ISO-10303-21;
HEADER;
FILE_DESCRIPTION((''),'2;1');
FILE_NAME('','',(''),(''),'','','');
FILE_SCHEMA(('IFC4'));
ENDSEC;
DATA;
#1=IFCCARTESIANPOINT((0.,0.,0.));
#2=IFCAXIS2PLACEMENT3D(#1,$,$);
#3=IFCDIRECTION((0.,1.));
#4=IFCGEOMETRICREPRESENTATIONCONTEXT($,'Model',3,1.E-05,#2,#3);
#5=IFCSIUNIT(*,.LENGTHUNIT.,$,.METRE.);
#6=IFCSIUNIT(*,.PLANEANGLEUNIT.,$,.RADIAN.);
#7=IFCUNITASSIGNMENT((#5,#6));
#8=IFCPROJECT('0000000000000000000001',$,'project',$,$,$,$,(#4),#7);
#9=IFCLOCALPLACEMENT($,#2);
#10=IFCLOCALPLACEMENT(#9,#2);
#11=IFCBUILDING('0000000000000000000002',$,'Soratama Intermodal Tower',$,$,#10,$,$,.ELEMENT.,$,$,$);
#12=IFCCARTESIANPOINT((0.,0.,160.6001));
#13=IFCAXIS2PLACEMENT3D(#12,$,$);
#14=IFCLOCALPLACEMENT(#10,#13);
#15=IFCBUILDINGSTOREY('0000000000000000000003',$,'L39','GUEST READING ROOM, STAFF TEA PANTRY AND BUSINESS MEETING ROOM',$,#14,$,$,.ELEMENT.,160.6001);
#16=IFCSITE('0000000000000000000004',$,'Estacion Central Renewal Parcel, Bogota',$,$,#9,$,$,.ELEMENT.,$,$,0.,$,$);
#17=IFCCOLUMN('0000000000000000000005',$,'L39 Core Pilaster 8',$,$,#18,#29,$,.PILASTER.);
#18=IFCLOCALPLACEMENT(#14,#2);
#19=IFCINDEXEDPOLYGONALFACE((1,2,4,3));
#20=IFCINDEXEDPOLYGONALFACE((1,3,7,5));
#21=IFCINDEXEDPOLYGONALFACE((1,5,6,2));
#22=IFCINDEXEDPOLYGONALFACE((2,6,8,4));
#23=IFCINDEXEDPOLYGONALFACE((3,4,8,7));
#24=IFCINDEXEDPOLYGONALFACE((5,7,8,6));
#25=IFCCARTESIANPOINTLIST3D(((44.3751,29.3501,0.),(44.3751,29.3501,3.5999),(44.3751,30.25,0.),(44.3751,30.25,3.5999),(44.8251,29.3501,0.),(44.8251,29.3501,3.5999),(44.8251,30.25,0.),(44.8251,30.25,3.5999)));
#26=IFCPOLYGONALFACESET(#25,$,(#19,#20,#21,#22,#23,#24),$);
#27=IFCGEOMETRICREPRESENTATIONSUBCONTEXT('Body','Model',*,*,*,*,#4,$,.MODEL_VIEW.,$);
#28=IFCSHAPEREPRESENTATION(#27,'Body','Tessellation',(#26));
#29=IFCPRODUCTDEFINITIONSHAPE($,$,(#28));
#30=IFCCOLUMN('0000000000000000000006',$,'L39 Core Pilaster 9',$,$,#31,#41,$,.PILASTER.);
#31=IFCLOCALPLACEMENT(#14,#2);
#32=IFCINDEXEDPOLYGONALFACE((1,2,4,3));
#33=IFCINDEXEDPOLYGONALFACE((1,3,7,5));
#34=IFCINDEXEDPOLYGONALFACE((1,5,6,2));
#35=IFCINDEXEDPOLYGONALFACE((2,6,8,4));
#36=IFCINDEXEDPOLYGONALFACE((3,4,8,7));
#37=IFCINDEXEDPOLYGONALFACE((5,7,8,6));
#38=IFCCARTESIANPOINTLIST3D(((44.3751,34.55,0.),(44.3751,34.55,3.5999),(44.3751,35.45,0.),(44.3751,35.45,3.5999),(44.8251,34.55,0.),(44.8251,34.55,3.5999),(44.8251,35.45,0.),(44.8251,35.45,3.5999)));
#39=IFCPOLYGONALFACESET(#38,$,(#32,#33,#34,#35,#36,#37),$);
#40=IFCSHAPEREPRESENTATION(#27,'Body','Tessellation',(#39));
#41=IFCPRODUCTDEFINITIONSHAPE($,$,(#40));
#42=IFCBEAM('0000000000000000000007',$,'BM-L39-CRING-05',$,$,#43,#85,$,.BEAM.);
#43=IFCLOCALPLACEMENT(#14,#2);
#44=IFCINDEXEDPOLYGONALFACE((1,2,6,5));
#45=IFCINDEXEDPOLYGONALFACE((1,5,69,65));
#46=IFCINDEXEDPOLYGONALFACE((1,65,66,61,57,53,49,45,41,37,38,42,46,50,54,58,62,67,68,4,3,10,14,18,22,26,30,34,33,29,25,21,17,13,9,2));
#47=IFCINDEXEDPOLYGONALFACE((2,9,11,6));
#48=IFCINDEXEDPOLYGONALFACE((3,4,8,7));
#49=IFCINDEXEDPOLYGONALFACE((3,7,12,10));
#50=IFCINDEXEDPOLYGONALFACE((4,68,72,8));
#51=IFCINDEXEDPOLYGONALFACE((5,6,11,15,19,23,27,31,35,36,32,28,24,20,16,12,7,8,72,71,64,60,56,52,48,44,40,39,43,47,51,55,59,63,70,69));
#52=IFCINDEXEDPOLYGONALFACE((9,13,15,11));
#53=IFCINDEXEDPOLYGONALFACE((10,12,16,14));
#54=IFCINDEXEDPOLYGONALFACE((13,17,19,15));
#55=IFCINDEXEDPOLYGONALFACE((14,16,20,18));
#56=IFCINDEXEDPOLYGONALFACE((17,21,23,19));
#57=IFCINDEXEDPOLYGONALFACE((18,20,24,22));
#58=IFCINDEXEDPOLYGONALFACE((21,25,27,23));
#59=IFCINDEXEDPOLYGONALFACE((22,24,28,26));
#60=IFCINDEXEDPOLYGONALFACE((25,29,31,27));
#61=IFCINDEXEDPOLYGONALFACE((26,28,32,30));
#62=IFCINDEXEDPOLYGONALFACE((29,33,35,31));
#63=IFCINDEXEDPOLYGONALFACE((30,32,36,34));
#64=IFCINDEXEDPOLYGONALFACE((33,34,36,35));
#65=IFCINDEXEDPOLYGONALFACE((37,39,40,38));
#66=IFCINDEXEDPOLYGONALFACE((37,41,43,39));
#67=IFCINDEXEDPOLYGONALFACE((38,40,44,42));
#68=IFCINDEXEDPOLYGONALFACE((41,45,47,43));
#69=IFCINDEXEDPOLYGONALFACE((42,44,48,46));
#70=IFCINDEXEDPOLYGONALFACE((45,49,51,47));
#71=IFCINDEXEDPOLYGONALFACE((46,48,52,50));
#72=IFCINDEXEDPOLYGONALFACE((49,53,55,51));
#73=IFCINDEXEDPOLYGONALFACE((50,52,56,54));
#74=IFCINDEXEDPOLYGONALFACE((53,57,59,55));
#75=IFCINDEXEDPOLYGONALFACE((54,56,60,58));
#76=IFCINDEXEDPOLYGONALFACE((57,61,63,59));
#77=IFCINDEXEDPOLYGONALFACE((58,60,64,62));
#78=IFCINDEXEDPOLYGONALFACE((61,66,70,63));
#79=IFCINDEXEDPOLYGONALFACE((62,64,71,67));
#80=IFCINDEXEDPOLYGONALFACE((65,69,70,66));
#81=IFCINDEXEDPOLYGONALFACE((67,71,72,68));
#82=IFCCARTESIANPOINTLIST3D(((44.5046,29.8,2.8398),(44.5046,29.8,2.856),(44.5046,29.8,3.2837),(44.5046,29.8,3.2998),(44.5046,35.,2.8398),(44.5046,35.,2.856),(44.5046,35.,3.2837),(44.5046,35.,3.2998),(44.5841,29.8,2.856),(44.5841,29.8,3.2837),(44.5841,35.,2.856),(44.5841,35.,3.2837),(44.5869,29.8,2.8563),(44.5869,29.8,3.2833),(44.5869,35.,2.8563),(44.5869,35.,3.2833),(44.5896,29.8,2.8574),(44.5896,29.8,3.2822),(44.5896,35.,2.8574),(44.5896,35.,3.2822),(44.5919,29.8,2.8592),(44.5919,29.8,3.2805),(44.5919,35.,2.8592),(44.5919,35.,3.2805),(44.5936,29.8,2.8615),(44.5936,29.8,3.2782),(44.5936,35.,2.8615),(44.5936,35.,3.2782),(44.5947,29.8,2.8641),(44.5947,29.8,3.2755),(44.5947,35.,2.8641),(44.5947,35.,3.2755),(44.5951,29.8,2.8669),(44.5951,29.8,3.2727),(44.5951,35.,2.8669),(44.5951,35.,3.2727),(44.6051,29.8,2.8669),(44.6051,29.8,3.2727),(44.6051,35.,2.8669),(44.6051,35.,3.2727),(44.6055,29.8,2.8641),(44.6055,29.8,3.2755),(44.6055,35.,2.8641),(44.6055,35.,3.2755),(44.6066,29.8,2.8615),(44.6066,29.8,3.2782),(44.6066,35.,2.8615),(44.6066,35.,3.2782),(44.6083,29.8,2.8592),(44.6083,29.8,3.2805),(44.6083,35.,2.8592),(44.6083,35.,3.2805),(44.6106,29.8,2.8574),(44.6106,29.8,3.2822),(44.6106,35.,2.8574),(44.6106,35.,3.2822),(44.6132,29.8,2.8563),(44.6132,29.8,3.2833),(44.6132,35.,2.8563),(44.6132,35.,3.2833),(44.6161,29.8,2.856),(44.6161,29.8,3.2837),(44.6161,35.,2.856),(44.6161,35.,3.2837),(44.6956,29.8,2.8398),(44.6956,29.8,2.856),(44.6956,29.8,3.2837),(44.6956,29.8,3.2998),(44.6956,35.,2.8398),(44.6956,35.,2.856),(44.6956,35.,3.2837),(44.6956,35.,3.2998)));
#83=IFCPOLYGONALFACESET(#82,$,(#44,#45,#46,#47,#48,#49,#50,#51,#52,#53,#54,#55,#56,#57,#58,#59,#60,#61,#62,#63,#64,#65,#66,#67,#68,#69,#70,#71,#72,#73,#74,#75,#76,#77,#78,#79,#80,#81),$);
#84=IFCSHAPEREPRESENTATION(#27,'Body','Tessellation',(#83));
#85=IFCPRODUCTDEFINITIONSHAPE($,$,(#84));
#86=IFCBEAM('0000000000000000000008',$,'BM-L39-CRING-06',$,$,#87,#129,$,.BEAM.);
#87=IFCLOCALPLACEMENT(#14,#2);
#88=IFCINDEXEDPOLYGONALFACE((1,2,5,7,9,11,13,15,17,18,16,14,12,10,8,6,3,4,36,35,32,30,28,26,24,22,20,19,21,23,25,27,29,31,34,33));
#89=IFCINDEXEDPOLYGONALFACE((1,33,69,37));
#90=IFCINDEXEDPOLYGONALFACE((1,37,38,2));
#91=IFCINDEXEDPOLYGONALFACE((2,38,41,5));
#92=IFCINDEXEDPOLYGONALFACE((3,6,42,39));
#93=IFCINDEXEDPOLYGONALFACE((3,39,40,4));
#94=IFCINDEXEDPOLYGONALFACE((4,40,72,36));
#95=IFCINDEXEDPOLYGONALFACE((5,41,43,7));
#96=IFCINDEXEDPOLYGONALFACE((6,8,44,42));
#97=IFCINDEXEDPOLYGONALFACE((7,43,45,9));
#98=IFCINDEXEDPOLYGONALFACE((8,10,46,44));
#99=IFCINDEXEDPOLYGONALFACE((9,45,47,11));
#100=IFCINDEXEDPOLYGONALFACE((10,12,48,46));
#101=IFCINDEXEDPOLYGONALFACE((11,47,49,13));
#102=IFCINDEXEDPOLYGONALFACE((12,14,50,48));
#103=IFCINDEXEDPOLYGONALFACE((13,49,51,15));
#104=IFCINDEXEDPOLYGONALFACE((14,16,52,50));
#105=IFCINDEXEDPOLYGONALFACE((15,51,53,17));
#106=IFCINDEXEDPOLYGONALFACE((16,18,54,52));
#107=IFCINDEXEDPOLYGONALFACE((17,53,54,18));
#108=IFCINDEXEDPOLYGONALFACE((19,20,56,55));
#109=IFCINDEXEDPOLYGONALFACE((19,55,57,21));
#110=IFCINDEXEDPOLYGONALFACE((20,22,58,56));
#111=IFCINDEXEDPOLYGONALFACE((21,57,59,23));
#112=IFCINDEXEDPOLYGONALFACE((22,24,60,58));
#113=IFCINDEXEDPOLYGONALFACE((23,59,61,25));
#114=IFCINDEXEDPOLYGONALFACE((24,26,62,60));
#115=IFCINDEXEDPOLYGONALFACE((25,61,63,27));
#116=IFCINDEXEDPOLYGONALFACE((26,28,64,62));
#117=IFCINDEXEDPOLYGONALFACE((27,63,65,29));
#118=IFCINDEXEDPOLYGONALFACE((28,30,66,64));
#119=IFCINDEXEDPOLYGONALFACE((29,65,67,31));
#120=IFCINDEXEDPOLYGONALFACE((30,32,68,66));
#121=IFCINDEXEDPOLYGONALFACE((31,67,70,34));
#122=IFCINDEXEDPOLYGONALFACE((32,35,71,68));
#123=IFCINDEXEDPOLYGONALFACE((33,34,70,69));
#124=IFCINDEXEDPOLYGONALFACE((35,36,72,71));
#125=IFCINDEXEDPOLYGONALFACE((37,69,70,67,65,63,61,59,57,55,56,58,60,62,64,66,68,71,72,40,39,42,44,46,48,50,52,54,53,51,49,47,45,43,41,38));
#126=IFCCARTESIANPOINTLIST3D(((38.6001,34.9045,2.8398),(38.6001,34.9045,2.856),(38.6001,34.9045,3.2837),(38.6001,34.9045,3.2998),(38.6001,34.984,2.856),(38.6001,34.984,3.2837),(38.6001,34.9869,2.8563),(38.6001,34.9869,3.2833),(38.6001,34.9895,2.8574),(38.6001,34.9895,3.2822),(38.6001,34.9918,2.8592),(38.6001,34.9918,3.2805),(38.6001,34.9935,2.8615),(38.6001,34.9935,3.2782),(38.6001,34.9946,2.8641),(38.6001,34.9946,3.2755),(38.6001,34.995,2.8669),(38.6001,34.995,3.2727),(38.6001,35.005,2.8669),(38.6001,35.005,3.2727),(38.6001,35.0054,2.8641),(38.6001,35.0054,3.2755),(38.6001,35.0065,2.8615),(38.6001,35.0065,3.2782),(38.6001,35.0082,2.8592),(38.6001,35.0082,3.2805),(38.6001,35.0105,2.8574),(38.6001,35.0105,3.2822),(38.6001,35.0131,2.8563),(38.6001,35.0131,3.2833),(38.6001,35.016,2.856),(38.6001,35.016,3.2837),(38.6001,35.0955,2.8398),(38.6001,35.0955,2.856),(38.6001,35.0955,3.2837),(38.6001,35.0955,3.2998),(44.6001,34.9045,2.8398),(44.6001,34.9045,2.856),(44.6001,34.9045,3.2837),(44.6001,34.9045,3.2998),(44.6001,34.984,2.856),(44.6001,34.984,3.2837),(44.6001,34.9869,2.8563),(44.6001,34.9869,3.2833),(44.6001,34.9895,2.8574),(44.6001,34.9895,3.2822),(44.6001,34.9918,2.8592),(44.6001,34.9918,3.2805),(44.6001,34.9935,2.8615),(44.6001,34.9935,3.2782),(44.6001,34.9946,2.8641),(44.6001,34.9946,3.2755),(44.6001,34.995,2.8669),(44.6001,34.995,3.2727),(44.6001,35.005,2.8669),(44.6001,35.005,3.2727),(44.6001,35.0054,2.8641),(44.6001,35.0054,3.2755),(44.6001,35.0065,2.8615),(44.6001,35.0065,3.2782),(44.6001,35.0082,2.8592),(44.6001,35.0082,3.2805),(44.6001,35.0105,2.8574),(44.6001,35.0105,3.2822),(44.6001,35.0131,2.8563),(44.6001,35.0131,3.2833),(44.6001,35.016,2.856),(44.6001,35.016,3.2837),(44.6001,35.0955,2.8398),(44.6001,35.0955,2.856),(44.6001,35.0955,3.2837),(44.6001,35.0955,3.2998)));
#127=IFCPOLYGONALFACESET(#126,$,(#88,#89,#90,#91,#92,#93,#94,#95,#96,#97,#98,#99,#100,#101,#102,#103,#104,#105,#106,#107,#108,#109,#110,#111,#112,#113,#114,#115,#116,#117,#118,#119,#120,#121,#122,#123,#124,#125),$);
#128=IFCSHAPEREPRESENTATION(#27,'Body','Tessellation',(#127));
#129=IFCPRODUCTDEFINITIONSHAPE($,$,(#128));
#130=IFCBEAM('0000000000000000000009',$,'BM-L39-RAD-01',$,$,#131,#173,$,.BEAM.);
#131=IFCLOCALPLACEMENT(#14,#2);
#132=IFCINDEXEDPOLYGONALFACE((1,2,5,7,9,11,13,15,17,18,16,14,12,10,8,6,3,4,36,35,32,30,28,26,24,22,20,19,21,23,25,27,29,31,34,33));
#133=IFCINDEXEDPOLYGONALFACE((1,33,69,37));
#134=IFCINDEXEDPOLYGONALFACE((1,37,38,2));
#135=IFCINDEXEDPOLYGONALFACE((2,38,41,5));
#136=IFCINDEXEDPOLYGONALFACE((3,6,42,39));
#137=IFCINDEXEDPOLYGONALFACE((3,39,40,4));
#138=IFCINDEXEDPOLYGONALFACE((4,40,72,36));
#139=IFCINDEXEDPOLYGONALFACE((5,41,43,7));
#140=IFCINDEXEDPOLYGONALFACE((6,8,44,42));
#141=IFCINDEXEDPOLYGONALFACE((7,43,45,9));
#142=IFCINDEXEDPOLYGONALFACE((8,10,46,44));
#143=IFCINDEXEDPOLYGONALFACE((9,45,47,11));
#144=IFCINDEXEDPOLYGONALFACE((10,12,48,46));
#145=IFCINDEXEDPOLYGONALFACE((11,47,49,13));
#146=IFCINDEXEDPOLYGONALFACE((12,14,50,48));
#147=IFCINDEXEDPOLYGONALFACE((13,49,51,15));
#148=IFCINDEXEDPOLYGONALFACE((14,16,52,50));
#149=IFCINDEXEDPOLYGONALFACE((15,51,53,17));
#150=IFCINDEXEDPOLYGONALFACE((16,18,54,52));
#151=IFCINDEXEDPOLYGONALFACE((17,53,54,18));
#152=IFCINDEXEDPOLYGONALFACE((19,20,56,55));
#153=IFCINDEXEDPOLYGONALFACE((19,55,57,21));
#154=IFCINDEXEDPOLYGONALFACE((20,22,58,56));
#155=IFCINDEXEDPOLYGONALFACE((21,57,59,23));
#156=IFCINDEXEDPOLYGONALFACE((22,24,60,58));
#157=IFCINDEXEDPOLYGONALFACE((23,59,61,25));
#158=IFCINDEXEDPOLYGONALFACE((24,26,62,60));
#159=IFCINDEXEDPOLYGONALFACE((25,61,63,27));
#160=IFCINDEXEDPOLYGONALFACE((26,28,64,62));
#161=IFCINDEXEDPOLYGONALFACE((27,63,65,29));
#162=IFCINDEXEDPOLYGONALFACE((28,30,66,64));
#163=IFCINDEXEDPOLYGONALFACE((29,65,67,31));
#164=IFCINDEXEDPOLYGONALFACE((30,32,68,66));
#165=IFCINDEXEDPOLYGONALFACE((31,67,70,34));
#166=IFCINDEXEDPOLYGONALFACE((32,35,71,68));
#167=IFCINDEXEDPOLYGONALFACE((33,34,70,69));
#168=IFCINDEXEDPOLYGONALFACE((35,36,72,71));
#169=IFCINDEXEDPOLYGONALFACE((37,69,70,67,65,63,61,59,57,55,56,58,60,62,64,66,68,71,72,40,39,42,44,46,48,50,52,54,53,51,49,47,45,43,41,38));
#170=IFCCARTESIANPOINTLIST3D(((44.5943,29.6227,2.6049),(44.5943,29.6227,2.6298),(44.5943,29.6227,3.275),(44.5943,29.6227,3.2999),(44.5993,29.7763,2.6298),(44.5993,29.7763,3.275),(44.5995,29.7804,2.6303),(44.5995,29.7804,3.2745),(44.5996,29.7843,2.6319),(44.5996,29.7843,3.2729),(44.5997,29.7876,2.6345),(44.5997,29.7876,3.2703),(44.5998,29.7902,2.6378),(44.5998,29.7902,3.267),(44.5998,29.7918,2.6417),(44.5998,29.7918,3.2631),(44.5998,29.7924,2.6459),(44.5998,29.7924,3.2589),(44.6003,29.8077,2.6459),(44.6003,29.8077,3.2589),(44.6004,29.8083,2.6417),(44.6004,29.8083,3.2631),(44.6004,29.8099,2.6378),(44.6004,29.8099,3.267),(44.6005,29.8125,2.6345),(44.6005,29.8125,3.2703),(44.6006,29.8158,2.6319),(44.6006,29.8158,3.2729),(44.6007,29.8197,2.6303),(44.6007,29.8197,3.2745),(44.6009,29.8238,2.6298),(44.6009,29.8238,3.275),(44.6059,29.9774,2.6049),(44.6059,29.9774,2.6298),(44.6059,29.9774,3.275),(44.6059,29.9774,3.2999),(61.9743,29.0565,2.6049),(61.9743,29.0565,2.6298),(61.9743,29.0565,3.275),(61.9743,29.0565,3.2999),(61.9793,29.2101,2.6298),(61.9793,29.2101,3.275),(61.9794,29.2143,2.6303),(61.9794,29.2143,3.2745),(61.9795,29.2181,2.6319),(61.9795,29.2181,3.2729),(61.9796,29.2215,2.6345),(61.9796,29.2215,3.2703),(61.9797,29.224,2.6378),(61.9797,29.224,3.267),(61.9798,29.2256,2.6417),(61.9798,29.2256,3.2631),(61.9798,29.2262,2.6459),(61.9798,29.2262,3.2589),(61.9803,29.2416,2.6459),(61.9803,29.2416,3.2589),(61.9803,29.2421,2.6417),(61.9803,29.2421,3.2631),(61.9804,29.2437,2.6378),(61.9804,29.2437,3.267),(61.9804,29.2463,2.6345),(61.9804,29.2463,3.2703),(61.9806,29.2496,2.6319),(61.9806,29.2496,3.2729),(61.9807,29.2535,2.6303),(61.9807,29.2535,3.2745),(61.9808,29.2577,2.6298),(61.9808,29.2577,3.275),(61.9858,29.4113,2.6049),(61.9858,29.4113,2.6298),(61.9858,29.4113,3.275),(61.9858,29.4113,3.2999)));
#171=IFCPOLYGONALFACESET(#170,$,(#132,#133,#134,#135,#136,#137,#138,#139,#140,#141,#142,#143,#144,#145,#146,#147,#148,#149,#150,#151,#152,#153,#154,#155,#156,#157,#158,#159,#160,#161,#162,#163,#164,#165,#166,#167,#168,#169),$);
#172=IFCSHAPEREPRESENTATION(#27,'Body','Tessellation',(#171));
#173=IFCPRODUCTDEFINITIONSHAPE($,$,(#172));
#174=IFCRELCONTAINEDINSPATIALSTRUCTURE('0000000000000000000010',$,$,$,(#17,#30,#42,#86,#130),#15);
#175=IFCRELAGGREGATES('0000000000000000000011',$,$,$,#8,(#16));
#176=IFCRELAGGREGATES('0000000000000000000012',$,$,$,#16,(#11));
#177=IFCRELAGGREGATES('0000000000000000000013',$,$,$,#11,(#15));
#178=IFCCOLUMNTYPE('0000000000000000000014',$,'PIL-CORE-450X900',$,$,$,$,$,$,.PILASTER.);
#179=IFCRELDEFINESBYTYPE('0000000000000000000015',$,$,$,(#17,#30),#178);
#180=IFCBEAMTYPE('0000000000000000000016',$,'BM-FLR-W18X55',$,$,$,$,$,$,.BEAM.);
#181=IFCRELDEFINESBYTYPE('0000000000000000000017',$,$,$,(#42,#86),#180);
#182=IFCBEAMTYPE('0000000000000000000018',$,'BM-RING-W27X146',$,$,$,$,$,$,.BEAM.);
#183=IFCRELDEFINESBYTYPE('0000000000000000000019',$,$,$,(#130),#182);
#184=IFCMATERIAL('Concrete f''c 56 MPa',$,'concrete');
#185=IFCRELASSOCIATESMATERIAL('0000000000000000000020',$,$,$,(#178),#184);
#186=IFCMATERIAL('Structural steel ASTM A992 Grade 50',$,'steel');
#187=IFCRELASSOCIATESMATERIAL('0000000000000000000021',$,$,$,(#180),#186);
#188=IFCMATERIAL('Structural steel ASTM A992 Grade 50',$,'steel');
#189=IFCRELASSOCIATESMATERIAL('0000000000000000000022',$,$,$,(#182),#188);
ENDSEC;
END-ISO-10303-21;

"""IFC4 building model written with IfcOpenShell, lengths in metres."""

from ifc_helpers import new_model, si_unit, direction, frame, origin, origin_2d, place, context, subcontext, project, spatial, rectangle, i_section, extrude, material, material_profile, profile_set, type_object, element, save


model = new_model("IFC4")

# Units and contexts
model_context = context("Model", 3, precision=1e-05, world=origin(), true_north=direction((0.0, 1.0)))
body_context = subcontext(model_context, "Body", "Model", "MODEL_VIEW")
ifc_project = project(units=[si_unit("LENGTHUNIT", "METRE"), si_unit("PLANEANGLEUNIT", "RADIAN")], contexts=[model_context])

# Site, building, storey
site_placement = place(None, origin())
site = spatial("IfcSite", under=ifc_project, at=site_placement, Name="Estacion Central Renewal Parcel, Bogota", CompositionType="ELEMENT", RefElevation=0.0)
building_placement = place(site_placement, origin())
building = spatial("IfcBuilding", under=site, at=building_placement, Name="Soratama Intermodal Tower", CompositionType="ELEMENT")
storey_placement = place(building_placement, frame((0.0, 0.0, 160.6001)))
storey = spatial("IfcBuildingStorey", under=building, at=storey_placement, Name="L39", Description="GUEST READING ROOM, STAFF TEA PANTRY AND BUSINESS MEETING ROOM", CompositionType="ELEMENT", Elevation=160.6001)

# Columns
ifc_material_1 = material(Name="Concrete f'c 56 MPa", Category="concrete")
ifc_material_profile_1 = material_profile(ifc_material_1, rectangle(XDim=0.45, YDim=0.8999, at=origin_2d()), Name="RC450X900")
ifc_profile_set_1 = profile_set([ifc_material_profile_1], Name="Concrete f'c 56 MPa")
column_type = type_object("IfcColumnType", Name="PIL-CORE-450X900", PredefinedType="PILASTER", material=ifc_profile_set_1)
for number, where, z_axis, x_axis, name in (
    (1, (44.6001, 29.8, 0.0), (0.0, 0.0, 1.0), (1.0, 0.0, 0.0), "L39 Core Pilaster 8"),
    (2, (44.6001, 35.0, 0.0), (0.0, 0.0, 1.0), (1.0, 0.0, 0.0), "L39 Core Pilaster 9"),
):
    element("IfcColumn", number, at=place(storey_placement, frame(where, z_axis=z_axis, x_axis=x_axis)), inside=storey, type_object=column_type, Name=name, PredefinedType="PILASTER", context=body_context, shape_type="SweptSolid", body=[
        extrude(rectangle(XDim=0.45, YDim=0.8999, at=origin_2d()), origin(), (0.0, 0.0, 1.0), 3.5999),
    ])

# Beams
ifc_material_2 = material(Name="Structural steel ASTM A992 Grade 50", Category="steel")
ifc_material_profile_2 = material_profile(ifc_material_2, i_section(OverallWidth=0.1909, OverallDepth=0.46, WebThickness=0.01, FlangeThickness=0.0161, FilletRadius=0.011, at=origin_2d()), Name="W18X55")
ifc_profile_set_2 = profile_set([ifc_material_profile_2], Name="Structural steel ASTM A992 Grade 50")
beam_type_1 = type_object("IfcBeamType", Name="BM-FLR-W18X55", PredefinedType="BEAM", material=ifc_profile_set_2)
beam_1_placement = place(storey_placement, frame((44.6001, 29.8, 3.0698), z_axis=(0.0, 1.0, 0.0), x_axis=(-1.0, 0.0, 0.0)))
element("IfcBeam", 3, at=beam_1_placement, inside=storey, type_object=beam_type_1, Name="BM-L39-CRING-05", PredefinedType="BEAM", context=body_context, shape_type="SweptSolid", body=[
    extrude(i_section(OverallWidth=0.1909, OverallDepth=0.46, WebThickness=0.01, FlangeThickness=0.0161, FilletRadius=0.011, at=origin_2d()), origin(), (0.0, 0.0, 1.0), 5.2),
])
beam_2_placement = place(storey_placement, frame((44.6001, 35.0, 3.0698), z_axis=(-1.0, 0.0, 0.0), x_axis=(0.0, -1.0, 0.0)))
element("IfcBeam", 4, at=beam_2_placement, inside=storey, type_object=beam_type_1, Name="BM-L39-CRING-06", PredefinedType="BEAM", context=body_context, shape_type="SweptSolid", body=[
    extrude(i_section(OverallWidth=0.1909, OverallDepth=0.46, WebThickness=0.01, FlangeThickness=0.0161, FilletRadius=0.011, at=origin_2d()), origin(), (0.0, 0.0, 1.0), 6.0),
])
ifc_material_3 = material(Name="Structural steel ASTM A992 Grade 50", Category="steel")
ifc_material_profile_3 = material_profile(ifc_material_3, i_section(OverallWidth=0.355, OverallDepth=0.6951, WebThickness=0.0154, FlangeThickness=0.0249, FilletRadius=0.0161, at=origin_2d()), Name="W27X146")
ifc_profile_set_3 = profile_set([ifc_material_profile_3], Name="Structural steel ASTM A992 Grade 50")
beam_type_2 = type_object("IfcBeamType", Name="BM-RING-W27X146", PredefinedType="BEAM", material=ifc_profile_set_3)
beam_3_placement = place(storey_placement, frame((44.6001, 29.8, 2.9524), z_axis=(0.99947, -0.032558, 0.0), x_axis=(0.032558, 0.99947, 0.0)))
element("IfcBeam", 5, at=beam_3_placement, inside=storey, type_object=beam_type_2, Name="BM-L39-RAD-01", PredefinedType="BEAM", context=body_context, shape_type="SweptSolid", body=[
    extrude(i_section(OverallWidth=0.355, OverallDepth=0.6951, WebThickness=0.0154, FlangeThickness=0.0249, FilletRadius=0.0161, at=origin_2d()), origin(), (0.0, 0.0, 1.0), 17.3892),
])

save(model, "model.ifc")
